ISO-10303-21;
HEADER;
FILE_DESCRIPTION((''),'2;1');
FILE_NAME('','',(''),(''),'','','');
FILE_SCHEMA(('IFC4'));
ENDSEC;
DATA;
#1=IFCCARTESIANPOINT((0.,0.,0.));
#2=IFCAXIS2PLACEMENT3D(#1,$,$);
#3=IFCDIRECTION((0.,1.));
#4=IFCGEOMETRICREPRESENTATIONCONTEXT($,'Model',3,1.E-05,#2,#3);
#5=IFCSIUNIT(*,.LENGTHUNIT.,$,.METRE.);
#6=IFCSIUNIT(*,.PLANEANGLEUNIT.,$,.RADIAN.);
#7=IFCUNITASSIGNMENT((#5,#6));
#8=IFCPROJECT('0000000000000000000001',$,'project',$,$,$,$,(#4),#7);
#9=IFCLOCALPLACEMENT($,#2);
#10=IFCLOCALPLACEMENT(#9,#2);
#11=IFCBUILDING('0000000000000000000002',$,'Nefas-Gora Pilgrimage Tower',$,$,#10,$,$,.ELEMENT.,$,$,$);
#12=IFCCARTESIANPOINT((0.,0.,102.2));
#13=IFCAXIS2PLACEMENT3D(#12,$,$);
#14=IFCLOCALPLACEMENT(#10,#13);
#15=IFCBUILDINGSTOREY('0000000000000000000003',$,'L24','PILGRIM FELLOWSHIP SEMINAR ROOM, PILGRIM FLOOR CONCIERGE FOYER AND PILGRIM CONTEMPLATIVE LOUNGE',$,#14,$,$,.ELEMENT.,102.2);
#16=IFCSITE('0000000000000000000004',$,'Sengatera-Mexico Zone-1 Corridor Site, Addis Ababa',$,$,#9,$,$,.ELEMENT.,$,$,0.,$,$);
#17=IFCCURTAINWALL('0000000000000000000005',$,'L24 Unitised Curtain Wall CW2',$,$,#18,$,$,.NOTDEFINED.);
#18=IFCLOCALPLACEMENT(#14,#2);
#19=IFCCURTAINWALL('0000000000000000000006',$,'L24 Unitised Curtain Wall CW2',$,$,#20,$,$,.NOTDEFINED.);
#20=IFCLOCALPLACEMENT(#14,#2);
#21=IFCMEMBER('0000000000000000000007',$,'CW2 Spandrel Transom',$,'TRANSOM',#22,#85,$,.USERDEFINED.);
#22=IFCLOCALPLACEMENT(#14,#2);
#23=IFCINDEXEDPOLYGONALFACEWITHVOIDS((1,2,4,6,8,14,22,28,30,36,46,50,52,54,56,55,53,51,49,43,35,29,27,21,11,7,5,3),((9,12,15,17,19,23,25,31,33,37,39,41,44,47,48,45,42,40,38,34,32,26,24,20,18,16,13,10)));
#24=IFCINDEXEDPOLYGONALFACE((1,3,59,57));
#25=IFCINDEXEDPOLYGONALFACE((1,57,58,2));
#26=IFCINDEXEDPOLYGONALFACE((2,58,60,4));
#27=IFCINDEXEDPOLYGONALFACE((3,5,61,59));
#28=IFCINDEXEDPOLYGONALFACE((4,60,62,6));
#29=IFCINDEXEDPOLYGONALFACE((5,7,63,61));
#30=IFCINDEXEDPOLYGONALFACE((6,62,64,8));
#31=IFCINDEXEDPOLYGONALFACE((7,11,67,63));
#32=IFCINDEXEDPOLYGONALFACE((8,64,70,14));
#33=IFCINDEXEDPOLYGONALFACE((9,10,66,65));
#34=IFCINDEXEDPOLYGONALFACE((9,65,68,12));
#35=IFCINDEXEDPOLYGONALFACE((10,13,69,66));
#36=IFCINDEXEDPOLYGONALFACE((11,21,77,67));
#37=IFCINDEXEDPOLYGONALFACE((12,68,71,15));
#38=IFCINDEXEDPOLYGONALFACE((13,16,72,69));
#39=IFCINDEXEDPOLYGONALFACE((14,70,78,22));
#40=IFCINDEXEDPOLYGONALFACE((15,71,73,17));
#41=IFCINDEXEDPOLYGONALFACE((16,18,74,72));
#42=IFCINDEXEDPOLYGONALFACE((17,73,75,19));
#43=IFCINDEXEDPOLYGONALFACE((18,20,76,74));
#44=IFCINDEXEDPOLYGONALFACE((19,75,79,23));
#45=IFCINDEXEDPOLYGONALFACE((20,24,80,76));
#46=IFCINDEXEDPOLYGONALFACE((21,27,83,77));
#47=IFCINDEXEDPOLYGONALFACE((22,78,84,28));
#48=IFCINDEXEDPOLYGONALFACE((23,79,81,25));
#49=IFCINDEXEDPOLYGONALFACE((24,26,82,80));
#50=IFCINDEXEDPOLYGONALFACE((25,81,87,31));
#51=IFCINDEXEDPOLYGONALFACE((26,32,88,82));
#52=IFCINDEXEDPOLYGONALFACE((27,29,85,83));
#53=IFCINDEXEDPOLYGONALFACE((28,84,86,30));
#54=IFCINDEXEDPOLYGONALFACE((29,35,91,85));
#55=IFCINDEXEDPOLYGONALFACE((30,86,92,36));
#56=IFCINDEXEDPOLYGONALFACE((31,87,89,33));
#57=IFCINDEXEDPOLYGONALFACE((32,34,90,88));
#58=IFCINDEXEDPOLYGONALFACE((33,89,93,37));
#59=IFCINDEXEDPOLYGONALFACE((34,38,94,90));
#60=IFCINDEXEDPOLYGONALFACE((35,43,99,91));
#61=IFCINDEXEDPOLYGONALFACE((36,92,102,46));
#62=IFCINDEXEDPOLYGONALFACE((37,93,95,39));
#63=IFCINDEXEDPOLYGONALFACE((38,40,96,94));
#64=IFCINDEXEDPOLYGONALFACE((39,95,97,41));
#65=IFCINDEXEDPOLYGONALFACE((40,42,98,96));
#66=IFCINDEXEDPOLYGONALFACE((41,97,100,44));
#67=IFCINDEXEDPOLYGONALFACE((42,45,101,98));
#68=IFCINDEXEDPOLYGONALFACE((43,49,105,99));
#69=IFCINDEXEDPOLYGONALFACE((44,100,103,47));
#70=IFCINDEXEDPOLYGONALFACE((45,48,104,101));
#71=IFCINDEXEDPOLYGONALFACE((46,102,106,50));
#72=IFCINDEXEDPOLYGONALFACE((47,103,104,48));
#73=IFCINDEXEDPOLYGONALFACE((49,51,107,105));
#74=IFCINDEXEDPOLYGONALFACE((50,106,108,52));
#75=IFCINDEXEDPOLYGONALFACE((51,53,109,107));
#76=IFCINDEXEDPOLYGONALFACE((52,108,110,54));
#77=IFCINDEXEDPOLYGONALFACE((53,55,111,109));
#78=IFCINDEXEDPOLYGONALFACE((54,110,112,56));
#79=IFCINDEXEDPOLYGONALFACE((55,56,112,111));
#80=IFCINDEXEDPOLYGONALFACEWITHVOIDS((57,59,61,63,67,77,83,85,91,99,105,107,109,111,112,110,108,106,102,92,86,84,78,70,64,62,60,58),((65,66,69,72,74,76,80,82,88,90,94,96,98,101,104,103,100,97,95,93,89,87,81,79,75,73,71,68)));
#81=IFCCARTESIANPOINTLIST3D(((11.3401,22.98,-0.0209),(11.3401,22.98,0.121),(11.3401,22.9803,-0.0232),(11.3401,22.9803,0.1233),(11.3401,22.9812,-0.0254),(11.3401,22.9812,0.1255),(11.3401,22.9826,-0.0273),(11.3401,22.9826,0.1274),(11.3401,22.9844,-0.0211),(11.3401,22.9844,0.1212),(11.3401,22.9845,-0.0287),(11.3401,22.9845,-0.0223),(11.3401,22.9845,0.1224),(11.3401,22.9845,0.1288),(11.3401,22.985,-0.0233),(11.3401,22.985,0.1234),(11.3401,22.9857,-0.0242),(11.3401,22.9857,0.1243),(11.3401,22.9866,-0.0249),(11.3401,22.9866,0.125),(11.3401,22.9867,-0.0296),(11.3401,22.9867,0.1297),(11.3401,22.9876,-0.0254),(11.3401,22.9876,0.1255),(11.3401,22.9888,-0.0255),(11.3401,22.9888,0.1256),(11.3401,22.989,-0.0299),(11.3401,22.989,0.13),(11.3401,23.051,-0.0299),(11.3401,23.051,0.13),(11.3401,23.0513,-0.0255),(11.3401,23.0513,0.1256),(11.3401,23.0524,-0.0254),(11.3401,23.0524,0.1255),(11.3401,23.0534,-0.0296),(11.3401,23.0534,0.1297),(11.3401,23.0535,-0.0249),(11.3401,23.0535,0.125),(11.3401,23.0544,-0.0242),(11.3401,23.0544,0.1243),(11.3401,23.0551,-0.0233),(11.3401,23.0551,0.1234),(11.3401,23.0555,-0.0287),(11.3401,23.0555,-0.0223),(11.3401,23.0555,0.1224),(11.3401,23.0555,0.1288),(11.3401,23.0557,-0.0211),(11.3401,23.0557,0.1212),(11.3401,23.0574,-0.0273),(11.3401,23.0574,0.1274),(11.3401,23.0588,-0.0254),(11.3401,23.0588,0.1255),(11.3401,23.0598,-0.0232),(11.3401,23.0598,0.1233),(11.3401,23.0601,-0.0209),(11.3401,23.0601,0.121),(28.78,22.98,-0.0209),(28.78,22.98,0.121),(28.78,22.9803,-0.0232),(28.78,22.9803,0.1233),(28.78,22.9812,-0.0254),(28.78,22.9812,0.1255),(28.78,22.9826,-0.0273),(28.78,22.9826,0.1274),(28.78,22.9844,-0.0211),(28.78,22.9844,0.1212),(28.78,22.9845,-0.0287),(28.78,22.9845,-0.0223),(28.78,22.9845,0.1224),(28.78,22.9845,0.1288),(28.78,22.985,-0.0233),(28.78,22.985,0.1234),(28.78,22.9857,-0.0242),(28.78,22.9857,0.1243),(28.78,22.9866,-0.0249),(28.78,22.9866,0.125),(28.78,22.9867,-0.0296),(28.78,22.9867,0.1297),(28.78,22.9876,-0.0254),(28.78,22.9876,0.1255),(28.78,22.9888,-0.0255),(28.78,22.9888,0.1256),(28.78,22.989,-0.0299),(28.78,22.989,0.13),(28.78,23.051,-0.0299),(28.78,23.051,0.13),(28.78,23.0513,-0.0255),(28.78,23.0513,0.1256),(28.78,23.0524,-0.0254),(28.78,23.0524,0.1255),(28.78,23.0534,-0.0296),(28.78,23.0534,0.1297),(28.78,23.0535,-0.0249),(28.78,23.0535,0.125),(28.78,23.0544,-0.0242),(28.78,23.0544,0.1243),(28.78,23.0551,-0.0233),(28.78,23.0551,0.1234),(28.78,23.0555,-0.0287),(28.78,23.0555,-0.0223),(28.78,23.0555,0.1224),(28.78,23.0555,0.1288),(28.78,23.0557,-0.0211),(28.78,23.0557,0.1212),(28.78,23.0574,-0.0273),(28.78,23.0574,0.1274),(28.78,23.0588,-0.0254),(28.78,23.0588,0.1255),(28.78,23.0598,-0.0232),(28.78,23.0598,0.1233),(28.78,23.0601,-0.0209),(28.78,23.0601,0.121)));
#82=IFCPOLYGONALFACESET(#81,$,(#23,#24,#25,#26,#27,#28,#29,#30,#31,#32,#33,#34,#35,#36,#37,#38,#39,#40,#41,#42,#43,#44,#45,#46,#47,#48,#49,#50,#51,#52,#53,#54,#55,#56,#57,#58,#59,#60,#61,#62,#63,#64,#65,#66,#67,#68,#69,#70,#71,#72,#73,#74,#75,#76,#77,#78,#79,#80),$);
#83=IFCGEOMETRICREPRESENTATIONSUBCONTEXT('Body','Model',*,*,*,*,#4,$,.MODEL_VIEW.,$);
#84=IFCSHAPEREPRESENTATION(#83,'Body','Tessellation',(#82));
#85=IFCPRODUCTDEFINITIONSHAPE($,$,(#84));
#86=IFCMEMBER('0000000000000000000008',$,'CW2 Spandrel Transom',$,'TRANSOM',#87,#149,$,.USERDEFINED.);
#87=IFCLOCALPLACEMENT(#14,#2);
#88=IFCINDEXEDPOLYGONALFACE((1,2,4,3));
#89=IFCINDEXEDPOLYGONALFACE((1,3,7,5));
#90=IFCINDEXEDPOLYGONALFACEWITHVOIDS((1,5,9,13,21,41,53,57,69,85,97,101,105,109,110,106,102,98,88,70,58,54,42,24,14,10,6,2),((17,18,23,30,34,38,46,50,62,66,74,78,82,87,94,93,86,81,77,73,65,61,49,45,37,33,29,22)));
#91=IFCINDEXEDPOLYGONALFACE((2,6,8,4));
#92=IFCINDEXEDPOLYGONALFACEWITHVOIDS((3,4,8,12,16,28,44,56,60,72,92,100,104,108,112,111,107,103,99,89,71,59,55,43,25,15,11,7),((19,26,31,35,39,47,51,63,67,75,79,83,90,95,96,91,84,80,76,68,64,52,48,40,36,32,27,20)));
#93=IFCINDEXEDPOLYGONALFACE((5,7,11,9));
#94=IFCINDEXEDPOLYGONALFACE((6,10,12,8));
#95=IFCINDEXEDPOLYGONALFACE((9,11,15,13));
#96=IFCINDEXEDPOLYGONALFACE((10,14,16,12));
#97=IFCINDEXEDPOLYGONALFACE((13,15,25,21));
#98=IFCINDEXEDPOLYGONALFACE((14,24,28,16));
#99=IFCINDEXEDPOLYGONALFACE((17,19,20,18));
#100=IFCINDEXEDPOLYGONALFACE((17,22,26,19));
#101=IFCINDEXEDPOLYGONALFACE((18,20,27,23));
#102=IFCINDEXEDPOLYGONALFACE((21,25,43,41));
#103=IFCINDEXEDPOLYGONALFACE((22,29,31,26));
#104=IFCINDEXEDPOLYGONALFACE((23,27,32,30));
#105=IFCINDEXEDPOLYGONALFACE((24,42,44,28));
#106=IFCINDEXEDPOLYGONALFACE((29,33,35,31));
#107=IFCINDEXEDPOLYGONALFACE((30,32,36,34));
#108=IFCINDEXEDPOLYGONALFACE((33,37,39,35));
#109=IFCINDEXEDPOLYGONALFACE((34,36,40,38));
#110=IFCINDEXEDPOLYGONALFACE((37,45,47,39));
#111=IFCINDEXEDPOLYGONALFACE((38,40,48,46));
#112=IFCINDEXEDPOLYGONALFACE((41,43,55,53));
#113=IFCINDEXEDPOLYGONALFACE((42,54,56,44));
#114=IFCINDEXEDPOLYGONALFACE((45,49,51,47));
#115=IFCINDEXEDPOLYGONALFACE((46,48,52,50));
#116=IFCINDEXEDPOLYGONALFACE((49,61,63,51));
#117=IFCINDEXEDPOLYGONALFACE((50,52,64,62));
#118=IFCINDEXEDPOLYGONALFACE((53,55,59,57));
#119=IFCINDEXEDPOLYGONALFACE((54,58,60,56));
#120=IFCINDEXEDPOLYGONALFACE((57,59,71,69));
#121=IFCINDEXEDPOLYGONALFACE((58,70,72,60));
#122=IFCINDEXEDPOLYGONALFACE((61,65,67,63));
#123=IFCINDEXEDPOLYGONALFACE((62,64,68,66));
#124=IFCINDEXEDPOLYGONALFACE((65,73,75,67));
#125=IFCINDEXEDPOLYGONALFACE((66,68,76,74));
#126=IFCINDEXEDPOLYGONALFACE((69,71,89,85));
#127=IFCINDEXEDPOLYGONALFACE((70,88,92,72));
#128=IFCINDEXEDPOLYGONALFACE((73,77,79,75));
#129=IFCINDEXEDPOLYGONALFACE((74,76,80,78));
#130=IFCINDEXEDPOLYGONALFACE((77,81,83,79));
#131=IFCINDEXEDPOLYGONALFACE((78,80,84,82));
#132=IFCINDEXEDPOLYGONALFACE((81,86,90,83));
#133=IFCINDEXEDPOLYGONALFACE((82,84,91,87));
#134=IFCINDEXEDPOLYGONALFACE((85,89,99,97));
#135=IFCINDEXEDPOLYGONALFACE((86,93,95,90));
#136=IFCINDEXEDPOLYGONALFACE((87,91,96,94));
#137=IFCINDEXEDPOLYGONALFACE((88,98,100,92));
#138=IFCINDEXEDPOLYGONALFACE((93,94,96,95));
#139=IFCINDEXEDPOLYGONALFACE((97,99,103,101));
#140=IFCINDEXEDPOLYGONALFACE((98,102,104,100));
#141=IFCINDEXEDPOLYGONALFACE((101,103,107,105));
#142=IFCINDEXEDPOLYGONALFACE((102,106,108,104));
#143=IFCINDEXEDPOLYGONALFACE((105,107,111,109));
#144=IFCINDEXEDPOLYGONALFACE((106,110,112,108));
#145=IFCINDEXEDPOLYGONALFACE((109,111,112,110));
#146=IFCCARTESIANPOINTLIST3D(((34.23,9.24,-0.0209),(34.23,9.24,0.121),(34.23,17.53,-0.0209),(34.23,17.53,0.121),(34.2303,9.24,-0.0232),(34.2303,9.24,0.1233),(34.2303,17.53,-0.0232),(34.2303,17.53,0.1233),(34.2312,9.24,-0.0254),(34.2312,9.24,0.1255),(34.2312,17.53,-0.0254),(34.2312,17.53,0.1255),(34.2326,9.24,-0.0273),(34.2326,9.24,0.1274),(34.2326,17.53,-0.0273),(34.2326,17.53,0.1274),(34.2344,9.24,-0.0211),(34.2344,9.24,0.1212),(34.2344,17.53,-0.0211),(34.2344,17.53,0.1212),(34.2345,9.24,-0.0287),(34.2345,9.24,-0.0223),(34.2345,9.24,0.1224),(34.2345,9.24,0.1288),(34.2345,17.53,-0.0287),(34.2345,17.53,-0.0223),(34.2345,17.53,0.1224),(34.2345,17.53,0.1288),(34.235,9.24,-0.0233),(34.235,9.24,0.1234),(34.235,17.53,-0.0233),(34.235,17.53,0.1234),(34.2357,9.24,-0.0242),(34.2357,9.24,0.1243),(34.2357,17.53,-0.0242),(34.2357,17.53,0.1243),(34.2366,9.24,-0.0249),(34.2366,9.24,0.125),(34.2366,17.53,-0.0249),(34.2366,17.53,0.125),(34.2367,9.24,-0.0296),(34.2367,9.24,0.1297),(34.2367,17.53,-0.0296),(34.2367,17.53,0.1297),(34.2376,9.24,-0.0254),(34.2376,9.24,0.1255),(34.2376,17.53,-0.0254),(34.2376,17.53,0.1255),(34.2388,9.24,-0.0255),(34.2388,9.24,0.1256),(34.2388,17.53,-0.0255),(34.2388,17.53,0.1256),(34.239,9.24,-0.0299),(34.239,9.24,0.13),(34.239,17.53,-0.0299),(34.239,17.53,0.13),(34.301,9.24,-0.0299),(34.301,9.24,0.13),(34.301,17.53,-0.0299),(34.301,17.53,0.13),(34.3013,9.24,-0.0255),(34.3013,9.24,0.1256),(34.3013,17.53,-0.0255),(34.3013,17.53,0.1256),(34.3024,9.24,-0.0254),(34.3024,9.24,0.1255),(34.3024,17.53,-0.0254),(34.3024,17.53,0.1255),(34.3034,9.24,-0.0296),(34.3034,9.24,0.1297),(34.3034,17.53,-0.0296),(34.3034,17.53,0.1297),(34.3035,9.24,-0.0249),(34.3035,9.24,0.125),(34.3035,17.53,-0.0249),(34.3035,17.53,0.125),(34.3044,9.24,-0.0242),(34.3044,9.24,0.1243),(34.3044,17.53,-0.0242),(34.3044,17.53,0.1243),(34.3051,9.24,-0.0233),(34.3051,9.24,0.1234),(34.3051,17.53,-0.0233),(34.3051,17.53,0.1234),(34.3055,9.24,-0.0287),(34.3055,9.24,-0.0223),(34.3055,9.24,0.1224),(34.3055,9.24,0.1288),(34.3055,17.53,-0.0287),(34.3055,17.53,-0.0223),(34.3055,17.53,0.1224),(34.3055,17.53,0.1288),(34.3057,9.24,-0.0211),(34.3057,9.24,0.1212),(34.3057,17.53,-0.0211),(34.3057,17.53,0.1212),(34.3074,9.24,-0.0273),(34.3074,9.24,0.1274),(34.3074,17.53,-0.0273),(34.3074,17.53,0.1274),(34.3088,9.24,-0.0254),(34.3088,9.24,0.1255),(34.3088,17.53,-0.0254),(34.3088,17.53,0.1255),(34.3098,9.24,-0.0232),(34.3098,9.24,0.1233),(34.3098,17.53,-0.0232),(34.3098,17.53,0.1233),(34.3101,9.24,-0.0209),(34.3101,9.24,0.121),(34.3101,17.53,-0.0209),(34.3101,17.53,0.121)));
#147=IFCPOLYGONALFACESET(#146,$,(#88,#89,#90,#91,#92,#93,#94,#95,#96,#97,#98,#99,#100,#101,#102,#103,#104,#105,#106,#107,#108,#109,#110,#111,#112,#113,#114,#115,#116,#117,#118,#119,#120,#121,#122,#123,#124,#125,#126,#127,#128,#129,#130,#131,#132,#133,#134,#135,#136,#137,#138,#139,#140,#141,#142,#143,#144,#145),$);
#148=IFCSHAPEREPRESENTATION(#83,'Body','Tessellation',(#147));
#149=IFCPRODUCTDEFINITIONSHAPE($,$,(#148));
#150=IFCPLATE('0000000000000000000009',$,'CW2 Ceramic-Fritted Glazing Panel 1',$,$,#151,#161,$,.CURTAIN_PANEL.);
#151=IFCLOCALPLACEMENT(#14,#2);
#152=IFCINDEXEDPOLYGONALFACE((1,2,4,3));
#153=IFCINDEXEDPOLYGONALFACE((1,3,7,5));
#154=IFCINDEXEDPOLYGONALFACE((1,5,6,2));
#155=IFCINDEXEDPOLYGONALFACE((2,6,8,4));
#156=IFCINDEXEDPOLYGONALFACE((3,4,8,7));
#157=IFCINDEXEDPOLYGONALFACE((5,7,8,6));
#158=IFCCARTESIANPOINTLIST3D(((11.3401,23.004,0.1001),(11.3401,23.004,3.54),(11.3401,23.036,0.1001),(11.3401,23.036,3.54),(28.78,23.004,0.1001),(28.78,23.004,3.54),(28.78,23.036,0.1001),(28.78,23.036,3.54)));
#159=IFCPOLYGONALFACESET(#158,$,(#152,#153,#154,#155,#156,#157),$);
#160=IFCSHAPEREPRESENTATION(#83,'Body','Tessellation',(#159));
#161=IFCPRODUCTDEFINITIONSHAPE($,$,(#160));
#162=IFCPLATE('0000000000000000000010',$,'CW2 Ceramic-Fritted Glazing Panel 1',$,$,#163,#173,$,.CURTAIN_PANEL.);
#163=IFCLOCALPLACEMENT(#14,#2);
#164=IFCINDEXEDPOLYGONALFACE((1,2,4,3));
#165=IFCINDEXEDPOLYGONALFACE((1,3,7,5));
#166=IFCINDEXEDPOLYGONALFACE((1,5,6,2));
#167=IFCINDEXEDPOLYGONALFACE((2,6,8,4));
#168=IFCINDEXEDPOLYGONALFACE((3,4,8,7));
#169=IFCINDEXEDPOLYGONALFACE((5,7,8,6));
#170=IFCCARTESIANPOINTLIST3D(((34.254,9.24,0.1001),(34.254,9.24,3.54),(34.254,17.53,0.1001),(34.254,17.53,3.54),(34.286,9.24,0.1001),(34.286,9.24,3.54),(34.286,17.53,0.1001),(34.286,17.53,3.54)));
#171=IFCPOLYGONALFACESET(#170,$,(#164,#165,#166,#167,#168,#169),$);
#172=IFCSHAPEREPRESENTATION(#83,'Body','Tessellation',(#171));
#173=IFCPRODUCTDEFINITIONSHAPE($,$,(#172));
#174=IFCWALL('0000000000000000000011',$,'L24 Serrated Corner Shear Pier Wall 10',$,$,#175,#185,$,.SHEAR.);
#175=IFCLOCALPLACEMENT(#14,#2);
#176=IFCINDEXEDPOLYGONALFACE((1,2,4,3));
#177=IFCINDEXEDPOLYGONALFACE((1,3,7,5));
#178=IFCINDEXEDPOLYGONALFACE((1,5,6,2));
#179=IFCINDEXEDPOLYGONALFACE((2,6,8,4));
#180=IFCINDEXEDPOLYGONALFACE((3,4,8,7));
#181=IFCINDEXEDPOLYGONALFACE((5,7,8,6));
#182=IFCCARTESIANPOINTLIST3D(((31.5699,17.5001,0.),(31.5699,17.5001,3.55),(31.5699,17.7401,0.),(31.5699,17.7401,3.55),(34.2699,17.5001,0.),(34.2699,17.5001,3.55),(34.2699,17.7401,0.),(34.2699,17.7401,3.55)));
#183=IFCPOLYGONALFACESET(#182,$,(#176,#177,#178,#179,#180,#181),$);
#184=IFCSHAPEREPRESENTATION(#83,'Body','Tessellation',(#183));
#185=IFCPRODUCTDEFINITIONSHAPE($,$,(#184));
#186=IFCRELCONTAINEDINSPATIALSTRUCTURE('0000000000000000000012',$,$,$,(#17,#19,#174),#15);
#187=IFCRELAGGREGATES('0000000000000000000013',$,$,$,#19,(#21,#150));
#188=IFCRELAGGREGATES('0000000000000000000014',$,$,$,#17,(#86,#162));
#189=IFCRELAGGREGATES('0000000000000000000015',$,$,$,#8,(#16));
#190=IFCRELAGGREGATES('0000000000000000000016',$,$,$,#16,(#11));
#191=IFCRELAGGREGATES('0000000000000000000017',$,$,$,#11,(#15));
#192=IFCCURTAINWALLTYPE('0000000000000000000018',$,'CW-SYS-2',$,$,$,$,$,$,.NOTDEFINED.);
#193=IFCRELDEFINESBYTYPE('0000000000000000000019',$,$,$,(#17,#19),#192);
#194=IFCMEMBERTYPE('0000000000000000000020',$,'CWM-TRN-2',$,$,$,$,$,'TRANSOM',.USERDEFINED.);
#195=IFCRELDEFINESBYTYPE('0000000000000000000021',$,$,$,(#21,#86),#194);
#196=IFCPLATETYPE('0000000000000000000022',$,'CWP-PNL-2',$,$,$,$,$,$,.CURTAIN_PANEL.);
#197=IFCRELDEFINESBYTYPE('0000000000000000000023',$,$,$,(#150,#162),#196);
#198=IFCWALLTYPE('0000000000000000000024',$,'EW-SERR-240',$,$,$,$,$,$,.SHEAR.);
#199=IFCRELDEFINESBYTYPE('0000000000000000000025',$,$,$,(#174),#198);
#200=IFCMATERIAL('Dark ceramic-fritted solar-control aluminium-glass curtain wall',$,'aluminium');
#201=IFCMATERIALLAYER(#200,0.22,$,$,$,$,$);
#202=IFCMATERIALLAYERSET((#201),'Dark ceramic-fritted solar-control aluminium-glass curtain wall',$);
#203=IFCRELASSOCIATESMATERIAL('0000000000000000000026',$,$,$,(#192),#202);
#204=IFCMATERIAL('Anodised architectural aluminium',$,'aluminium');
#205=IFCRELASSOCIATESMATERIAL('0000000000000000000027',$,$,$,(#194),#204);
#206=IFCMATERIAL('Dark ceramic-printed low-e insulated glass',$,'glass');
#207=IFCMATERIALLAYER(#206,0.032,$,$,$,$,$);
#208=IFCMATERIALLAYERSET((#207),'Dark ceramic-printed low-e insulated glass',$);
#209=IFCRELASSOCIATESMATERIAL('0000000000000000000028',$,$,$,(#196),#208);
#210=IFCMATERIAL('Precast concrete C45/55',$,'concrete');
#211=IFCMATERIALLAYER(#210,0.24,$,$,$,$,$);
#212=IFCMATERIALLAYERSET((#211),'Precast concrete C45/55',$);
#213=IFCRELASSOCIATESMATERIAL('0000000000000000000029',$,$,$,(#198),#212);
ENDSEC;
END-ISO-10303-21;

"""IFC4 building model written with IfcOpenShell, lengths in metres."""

from ifc_helpers import new_model, si_unit, direction, frame, frame_2d, origin, origin_2d, place, context, subcontext, project, spatial, rectangle, hollow_rectangle, extrude, source, transform, mapped, material, layer, layer_set, material_profile, profile_set, type_object, element, aggregate, save


model = new_model("IFC4")

# Units and contexts
model_context = context("Model", 3, precision=1e-05, world=origin(), true_north=direction((0.0, 1.0)))
body_context = subcontext(model_context, "Body", "Model", "MODEL_VIEW")
ifc_project = project(units=[si_unit("LENGTHUNIT", "METRE"), si_unit("PLANEANGLEUNIT", "RADIAN")], contexts=[model_context])

# Site, building, storey
site_placement = place(None, origin())
site = spatial("IfcSite", under=ifc_project, at=site_placement, Name="Sengatera-Mexico Zone-1 Corridor Site, Addis Ababa", CompositionType="ELEMENT", RefElevation=0.0)
building_placement = place(site_placement, origin())
building = spatial("IfcBuilding", under=site, at=building_placement, Name="Nefas-Gora Pilgrimage Tower", CompositionType="ELEMENT")
storey_placement = place(building_placement, frame((0.0, 0.0, 102.2)))
storey = spatial("IfcBuildingStorey", under=building, at=storey_placement, Name="L24", Description="PILGRIM FELLOWSHIP SEMINAR ROOM, PILGRIM FLOOR CONCIERGE FOYER AND PILGRIM CONTEMPLATIVE LOUNGE", CompositionType="ELEMENT", Elevation=102.2)

# Curtain wall
ifc_material_1 = material(Name="Dark ceramic-fritted solar-control aluminium-glass curtain wall", Category="aluminium")
ifc_layer_1 = layer(ifc_material_1, 0.22)
ifc_layer_set_1 = layer_set([ifc_layer_1], Name="Dark ceramic-fritted solar-control aluminium-glass curtain wall")
curtain_wall_type = type_object("IfcCurtainWallType", Name="CW-SYS-2", PredefinedType="NOTDEFINED", material=ifc_layer_set_1)
curtain_wall_1_placement = place(storey_placement, origin())
curtain_wall_1 = element("IfcCurtainWall", 1, at=curtain_wall_1_placement, inside=storey, type_object=curtain_wall_type, Name="L24 Unitised Curtain Wall CW2", PredefinedType="NOTDEFINED")
ifc_material_2 = material(Name="Anodised architectural aluminium", Category="aluminium")

# Curtain wall, member
curtain_wall_2_placement = place(storey_placement, origin())
curtain_wall_2 = element("IfcCurtainWall", 2, at=curtain_wall_2_placement, inside=storey, type_object=curtain_wall_type, Name="L24 Unitised Curtain Wall CW2", PredefinedType="NOTDEFINED")
ifc_material_profile_1 = material_profile(ifc_material_2, hollow_rectangle(XDim=0.0801, YDim=0.1599, WallThickness=0.0044, InnerFilletRadius=0.0044, OuterFilletRadius=0.009, at=origin_2d()), Name="ALU TRANSOM 80x160")
ifc_profile_set_1 = profile_set([ifc_material_profile_1], Name="Anodised architectural aluminium")
member_type_1 = type_object("IfcMemberType", Name="CWM-TRN-2", ElementType="TRANSOM", PredefinedType="USERDEFINED", material=ifc_profile_set_1)
shared_shape_1 = source(origin(), body_context, "Body", "SweptSolid", [
    extrude(hollow_rectangle(XDim=0.0801, YDim=0.1599, WallThickness=0.0044, InnerFilletRadius=0.0044, OuterFilletRadius=0.009, at=origin_2d()), origin(), (0.0, 0.0, 1.0), 17.4399),
])
member_1_placement = place(storey_placement, frame((28.78, 23.02, 0.05), z_axis=(-1.0, 0.0, 0.0), x_axis=(0.0, -1.0, 0.0)))
member_1 = element("IfcMember", 3, at=member_1_placement, type_object=member_type_1, Name="CW2 Spandrel Transom", ObjectType="TRANSOM", PredefinedType="USERDEFINED", context=body_context, shape_type="MappedRepresentation", body=[
    mapped(shared_shape_1, transform((0.0, 0.0, 0.0), x_axis=(1.0, 0.0, 0.0), y_axis=(0.0, 1.0, 0.0), z_axis=(0.0, 0.0, 1.0), scale=1.0)),
])

# Member
shared_shape_2 = source(origin(), body_context, "Body", "SweptSolid", [
    extrude(hollow_rectangle(XDim=0.0801, YDim=0.1599, WallThickness=0.0044, InnerFilletRadius=0.0044, OuterFilletRadius=0.009, at=origin_2d()), origin(), (0.0, 0.0, 1.0), 8.29),
])
member_2_placement = place(storey_placement, frame((34.27, 9.24, 0.05), z_axis=(0.0, 1.0, 0.0), x_axis=(-1.0, 0.0, 0.0)))
member_2 = element("IfcMember", 4, at=member_2_placement, type_object=member_type_1, Name="CW2 Spandrel Transom", ObjectType="TRANSOM", PredefinedType="USERDEFINED", context=body_context, shape_type="MappedRepresentation", body=[
    mapped(shared_shape_2, transform((0.0, 0.0, 0.0), x_axis=(1.0, 0.0, 0.0), y_axis=(0.0, 1.0, 0.0), z_axis=(0.0, 0.0, 1.0), scale=1.0)),
])

# Plates
ifc_material_3 = material(Name="Dark ceramic-printed low-e insulated glass", Category="glass")
ifc_layer_2 = layer(ifc_material_3, 0.032)
ifc_layer_set_2 = layer_set([ifc_layer_2], Name="Dark ceramic-printed low-e insulated glass")
plate_type = type_object("IfcPlateType", Name="CWP-PNL-2", PredefinedType="CURTAIN_PANEL", material=ifc_layer_set_2)
shared_shape_3 = source(origin(), body_context, "Body", "SweptSolid", [
    extrude(rectangle(XDim=17.4399, YDim=0.032, at=origin_2d()), origin(), (0.0, 0.0, 1.0), 3.4399),
])
plate_1_placement = place(storey_placement, frame((20.0601, 23.02, 0.1001), z_axis=(0.0, 0.0, 1.0), x_axis=(-1.0, 0.0, 0.0)))
plate_1 = element("IfcPlate", 5, at=plate_1_placement, type_object=plate_type, Name="CW2 Ceramic-Fritted Glazing Panel 1", PredefinedType="CURTAIN_PANEL", context=body_context, shape_type="MappedRepresentation", body=[
    mapped(shared_shape_3, transform((0.0, 0.0, 0.0), x_axis=(1.0, 0.0, 0.0), y_axis=(0.0, 1.0, 0.0), z_axis=(0.0, 0.0, 1.0), scale=1.0)),
])
aggregate(curtain_wall_2, [member_1, plate_1])
shared_shape_4 = source(origin(), body_context, "Body", "SweptSolid", [
    extrude(rectangle(XDim=8.29, YDim=0.032, at=origin_2d()), origin(), (0.0, 0.0, 1.0), 3.4399),
])
plate_2_placement = place(storey_placement, frame((34.27, 13.385, 0.1001), z_axis=(0.0, 0.0, 1.0), x_axis=(0.0, 1.0, 0.0)))
plate_2 = element("IfcPlate", 6, at=plate_2_placement, type_object=plate_type, Name="CW2 Ceramic-Fritted Glazing Panel 1", PredefinedType="CURTAIN_PANEL", context=body_context, shape_type="MappedRepresentation", body=[
    mapped(shared_shape_4, transform((0.0, 0.0, 0.0), x_axis=(1.0, 0.0, 0.0), y_axis=(0.0, 1.0, 0.0), z_axis=(0.0, 0.0, 1.0), scale=1.0)),
])
aggregate(curtain_wall_1, [member_2, plate_2])

# Wall
ifc_material_4 = material(Name="Precast concrete C45/55", Category="concrete")
ifc_layer_3 = layer(ifc_material_4, 0.24)
ifc_layer_set_3 = layer_set([ifc_layer_3], Name="Precast concrete C45/55")
wall_type = type_object("IfcWallType", Name="EW-SERR-240", PredefinedType="SHEAR", material=ifc_layer_set_3)
shared_shape_5 = source(origin(), body_context, "Body", "SweptSolid", [
    extrude(rectangle(XDim=2.7, YDim=0.24, at=frame_2d((1.3501, 0.0))), origin(), (0.0, 0.0, 1.0), 3.55),
])
for number, where, z_axis, x_axis, name in (
    (7, (34.27, 17.6201, 0.0), (0.0, 0.0, 1.0), (-1.0, 0.0, 0.0), "L24 Serrated Corner Shear Pier Wall 10"),
):
    element("IfcWall", number, at=place(storey_placement, frame(where, z_axis=z_axis, x_axis=x_axis)), inside=storey, type_object=wall_type, Name=name, PredefinedType="SHEAR", context=body_context, shape_type="MappedRepresentation", body=[
        mapped(shared_shape_5, transform((0.0, 0.0, 0.0), x_axis=(1.0, 0.0, 0.0), y_axis=(0.0, 1.0, 0.0), z_axis=(0.0, 0.0, 1.0), scale=1.0)),
    ])

save(model, "model.ifc")
